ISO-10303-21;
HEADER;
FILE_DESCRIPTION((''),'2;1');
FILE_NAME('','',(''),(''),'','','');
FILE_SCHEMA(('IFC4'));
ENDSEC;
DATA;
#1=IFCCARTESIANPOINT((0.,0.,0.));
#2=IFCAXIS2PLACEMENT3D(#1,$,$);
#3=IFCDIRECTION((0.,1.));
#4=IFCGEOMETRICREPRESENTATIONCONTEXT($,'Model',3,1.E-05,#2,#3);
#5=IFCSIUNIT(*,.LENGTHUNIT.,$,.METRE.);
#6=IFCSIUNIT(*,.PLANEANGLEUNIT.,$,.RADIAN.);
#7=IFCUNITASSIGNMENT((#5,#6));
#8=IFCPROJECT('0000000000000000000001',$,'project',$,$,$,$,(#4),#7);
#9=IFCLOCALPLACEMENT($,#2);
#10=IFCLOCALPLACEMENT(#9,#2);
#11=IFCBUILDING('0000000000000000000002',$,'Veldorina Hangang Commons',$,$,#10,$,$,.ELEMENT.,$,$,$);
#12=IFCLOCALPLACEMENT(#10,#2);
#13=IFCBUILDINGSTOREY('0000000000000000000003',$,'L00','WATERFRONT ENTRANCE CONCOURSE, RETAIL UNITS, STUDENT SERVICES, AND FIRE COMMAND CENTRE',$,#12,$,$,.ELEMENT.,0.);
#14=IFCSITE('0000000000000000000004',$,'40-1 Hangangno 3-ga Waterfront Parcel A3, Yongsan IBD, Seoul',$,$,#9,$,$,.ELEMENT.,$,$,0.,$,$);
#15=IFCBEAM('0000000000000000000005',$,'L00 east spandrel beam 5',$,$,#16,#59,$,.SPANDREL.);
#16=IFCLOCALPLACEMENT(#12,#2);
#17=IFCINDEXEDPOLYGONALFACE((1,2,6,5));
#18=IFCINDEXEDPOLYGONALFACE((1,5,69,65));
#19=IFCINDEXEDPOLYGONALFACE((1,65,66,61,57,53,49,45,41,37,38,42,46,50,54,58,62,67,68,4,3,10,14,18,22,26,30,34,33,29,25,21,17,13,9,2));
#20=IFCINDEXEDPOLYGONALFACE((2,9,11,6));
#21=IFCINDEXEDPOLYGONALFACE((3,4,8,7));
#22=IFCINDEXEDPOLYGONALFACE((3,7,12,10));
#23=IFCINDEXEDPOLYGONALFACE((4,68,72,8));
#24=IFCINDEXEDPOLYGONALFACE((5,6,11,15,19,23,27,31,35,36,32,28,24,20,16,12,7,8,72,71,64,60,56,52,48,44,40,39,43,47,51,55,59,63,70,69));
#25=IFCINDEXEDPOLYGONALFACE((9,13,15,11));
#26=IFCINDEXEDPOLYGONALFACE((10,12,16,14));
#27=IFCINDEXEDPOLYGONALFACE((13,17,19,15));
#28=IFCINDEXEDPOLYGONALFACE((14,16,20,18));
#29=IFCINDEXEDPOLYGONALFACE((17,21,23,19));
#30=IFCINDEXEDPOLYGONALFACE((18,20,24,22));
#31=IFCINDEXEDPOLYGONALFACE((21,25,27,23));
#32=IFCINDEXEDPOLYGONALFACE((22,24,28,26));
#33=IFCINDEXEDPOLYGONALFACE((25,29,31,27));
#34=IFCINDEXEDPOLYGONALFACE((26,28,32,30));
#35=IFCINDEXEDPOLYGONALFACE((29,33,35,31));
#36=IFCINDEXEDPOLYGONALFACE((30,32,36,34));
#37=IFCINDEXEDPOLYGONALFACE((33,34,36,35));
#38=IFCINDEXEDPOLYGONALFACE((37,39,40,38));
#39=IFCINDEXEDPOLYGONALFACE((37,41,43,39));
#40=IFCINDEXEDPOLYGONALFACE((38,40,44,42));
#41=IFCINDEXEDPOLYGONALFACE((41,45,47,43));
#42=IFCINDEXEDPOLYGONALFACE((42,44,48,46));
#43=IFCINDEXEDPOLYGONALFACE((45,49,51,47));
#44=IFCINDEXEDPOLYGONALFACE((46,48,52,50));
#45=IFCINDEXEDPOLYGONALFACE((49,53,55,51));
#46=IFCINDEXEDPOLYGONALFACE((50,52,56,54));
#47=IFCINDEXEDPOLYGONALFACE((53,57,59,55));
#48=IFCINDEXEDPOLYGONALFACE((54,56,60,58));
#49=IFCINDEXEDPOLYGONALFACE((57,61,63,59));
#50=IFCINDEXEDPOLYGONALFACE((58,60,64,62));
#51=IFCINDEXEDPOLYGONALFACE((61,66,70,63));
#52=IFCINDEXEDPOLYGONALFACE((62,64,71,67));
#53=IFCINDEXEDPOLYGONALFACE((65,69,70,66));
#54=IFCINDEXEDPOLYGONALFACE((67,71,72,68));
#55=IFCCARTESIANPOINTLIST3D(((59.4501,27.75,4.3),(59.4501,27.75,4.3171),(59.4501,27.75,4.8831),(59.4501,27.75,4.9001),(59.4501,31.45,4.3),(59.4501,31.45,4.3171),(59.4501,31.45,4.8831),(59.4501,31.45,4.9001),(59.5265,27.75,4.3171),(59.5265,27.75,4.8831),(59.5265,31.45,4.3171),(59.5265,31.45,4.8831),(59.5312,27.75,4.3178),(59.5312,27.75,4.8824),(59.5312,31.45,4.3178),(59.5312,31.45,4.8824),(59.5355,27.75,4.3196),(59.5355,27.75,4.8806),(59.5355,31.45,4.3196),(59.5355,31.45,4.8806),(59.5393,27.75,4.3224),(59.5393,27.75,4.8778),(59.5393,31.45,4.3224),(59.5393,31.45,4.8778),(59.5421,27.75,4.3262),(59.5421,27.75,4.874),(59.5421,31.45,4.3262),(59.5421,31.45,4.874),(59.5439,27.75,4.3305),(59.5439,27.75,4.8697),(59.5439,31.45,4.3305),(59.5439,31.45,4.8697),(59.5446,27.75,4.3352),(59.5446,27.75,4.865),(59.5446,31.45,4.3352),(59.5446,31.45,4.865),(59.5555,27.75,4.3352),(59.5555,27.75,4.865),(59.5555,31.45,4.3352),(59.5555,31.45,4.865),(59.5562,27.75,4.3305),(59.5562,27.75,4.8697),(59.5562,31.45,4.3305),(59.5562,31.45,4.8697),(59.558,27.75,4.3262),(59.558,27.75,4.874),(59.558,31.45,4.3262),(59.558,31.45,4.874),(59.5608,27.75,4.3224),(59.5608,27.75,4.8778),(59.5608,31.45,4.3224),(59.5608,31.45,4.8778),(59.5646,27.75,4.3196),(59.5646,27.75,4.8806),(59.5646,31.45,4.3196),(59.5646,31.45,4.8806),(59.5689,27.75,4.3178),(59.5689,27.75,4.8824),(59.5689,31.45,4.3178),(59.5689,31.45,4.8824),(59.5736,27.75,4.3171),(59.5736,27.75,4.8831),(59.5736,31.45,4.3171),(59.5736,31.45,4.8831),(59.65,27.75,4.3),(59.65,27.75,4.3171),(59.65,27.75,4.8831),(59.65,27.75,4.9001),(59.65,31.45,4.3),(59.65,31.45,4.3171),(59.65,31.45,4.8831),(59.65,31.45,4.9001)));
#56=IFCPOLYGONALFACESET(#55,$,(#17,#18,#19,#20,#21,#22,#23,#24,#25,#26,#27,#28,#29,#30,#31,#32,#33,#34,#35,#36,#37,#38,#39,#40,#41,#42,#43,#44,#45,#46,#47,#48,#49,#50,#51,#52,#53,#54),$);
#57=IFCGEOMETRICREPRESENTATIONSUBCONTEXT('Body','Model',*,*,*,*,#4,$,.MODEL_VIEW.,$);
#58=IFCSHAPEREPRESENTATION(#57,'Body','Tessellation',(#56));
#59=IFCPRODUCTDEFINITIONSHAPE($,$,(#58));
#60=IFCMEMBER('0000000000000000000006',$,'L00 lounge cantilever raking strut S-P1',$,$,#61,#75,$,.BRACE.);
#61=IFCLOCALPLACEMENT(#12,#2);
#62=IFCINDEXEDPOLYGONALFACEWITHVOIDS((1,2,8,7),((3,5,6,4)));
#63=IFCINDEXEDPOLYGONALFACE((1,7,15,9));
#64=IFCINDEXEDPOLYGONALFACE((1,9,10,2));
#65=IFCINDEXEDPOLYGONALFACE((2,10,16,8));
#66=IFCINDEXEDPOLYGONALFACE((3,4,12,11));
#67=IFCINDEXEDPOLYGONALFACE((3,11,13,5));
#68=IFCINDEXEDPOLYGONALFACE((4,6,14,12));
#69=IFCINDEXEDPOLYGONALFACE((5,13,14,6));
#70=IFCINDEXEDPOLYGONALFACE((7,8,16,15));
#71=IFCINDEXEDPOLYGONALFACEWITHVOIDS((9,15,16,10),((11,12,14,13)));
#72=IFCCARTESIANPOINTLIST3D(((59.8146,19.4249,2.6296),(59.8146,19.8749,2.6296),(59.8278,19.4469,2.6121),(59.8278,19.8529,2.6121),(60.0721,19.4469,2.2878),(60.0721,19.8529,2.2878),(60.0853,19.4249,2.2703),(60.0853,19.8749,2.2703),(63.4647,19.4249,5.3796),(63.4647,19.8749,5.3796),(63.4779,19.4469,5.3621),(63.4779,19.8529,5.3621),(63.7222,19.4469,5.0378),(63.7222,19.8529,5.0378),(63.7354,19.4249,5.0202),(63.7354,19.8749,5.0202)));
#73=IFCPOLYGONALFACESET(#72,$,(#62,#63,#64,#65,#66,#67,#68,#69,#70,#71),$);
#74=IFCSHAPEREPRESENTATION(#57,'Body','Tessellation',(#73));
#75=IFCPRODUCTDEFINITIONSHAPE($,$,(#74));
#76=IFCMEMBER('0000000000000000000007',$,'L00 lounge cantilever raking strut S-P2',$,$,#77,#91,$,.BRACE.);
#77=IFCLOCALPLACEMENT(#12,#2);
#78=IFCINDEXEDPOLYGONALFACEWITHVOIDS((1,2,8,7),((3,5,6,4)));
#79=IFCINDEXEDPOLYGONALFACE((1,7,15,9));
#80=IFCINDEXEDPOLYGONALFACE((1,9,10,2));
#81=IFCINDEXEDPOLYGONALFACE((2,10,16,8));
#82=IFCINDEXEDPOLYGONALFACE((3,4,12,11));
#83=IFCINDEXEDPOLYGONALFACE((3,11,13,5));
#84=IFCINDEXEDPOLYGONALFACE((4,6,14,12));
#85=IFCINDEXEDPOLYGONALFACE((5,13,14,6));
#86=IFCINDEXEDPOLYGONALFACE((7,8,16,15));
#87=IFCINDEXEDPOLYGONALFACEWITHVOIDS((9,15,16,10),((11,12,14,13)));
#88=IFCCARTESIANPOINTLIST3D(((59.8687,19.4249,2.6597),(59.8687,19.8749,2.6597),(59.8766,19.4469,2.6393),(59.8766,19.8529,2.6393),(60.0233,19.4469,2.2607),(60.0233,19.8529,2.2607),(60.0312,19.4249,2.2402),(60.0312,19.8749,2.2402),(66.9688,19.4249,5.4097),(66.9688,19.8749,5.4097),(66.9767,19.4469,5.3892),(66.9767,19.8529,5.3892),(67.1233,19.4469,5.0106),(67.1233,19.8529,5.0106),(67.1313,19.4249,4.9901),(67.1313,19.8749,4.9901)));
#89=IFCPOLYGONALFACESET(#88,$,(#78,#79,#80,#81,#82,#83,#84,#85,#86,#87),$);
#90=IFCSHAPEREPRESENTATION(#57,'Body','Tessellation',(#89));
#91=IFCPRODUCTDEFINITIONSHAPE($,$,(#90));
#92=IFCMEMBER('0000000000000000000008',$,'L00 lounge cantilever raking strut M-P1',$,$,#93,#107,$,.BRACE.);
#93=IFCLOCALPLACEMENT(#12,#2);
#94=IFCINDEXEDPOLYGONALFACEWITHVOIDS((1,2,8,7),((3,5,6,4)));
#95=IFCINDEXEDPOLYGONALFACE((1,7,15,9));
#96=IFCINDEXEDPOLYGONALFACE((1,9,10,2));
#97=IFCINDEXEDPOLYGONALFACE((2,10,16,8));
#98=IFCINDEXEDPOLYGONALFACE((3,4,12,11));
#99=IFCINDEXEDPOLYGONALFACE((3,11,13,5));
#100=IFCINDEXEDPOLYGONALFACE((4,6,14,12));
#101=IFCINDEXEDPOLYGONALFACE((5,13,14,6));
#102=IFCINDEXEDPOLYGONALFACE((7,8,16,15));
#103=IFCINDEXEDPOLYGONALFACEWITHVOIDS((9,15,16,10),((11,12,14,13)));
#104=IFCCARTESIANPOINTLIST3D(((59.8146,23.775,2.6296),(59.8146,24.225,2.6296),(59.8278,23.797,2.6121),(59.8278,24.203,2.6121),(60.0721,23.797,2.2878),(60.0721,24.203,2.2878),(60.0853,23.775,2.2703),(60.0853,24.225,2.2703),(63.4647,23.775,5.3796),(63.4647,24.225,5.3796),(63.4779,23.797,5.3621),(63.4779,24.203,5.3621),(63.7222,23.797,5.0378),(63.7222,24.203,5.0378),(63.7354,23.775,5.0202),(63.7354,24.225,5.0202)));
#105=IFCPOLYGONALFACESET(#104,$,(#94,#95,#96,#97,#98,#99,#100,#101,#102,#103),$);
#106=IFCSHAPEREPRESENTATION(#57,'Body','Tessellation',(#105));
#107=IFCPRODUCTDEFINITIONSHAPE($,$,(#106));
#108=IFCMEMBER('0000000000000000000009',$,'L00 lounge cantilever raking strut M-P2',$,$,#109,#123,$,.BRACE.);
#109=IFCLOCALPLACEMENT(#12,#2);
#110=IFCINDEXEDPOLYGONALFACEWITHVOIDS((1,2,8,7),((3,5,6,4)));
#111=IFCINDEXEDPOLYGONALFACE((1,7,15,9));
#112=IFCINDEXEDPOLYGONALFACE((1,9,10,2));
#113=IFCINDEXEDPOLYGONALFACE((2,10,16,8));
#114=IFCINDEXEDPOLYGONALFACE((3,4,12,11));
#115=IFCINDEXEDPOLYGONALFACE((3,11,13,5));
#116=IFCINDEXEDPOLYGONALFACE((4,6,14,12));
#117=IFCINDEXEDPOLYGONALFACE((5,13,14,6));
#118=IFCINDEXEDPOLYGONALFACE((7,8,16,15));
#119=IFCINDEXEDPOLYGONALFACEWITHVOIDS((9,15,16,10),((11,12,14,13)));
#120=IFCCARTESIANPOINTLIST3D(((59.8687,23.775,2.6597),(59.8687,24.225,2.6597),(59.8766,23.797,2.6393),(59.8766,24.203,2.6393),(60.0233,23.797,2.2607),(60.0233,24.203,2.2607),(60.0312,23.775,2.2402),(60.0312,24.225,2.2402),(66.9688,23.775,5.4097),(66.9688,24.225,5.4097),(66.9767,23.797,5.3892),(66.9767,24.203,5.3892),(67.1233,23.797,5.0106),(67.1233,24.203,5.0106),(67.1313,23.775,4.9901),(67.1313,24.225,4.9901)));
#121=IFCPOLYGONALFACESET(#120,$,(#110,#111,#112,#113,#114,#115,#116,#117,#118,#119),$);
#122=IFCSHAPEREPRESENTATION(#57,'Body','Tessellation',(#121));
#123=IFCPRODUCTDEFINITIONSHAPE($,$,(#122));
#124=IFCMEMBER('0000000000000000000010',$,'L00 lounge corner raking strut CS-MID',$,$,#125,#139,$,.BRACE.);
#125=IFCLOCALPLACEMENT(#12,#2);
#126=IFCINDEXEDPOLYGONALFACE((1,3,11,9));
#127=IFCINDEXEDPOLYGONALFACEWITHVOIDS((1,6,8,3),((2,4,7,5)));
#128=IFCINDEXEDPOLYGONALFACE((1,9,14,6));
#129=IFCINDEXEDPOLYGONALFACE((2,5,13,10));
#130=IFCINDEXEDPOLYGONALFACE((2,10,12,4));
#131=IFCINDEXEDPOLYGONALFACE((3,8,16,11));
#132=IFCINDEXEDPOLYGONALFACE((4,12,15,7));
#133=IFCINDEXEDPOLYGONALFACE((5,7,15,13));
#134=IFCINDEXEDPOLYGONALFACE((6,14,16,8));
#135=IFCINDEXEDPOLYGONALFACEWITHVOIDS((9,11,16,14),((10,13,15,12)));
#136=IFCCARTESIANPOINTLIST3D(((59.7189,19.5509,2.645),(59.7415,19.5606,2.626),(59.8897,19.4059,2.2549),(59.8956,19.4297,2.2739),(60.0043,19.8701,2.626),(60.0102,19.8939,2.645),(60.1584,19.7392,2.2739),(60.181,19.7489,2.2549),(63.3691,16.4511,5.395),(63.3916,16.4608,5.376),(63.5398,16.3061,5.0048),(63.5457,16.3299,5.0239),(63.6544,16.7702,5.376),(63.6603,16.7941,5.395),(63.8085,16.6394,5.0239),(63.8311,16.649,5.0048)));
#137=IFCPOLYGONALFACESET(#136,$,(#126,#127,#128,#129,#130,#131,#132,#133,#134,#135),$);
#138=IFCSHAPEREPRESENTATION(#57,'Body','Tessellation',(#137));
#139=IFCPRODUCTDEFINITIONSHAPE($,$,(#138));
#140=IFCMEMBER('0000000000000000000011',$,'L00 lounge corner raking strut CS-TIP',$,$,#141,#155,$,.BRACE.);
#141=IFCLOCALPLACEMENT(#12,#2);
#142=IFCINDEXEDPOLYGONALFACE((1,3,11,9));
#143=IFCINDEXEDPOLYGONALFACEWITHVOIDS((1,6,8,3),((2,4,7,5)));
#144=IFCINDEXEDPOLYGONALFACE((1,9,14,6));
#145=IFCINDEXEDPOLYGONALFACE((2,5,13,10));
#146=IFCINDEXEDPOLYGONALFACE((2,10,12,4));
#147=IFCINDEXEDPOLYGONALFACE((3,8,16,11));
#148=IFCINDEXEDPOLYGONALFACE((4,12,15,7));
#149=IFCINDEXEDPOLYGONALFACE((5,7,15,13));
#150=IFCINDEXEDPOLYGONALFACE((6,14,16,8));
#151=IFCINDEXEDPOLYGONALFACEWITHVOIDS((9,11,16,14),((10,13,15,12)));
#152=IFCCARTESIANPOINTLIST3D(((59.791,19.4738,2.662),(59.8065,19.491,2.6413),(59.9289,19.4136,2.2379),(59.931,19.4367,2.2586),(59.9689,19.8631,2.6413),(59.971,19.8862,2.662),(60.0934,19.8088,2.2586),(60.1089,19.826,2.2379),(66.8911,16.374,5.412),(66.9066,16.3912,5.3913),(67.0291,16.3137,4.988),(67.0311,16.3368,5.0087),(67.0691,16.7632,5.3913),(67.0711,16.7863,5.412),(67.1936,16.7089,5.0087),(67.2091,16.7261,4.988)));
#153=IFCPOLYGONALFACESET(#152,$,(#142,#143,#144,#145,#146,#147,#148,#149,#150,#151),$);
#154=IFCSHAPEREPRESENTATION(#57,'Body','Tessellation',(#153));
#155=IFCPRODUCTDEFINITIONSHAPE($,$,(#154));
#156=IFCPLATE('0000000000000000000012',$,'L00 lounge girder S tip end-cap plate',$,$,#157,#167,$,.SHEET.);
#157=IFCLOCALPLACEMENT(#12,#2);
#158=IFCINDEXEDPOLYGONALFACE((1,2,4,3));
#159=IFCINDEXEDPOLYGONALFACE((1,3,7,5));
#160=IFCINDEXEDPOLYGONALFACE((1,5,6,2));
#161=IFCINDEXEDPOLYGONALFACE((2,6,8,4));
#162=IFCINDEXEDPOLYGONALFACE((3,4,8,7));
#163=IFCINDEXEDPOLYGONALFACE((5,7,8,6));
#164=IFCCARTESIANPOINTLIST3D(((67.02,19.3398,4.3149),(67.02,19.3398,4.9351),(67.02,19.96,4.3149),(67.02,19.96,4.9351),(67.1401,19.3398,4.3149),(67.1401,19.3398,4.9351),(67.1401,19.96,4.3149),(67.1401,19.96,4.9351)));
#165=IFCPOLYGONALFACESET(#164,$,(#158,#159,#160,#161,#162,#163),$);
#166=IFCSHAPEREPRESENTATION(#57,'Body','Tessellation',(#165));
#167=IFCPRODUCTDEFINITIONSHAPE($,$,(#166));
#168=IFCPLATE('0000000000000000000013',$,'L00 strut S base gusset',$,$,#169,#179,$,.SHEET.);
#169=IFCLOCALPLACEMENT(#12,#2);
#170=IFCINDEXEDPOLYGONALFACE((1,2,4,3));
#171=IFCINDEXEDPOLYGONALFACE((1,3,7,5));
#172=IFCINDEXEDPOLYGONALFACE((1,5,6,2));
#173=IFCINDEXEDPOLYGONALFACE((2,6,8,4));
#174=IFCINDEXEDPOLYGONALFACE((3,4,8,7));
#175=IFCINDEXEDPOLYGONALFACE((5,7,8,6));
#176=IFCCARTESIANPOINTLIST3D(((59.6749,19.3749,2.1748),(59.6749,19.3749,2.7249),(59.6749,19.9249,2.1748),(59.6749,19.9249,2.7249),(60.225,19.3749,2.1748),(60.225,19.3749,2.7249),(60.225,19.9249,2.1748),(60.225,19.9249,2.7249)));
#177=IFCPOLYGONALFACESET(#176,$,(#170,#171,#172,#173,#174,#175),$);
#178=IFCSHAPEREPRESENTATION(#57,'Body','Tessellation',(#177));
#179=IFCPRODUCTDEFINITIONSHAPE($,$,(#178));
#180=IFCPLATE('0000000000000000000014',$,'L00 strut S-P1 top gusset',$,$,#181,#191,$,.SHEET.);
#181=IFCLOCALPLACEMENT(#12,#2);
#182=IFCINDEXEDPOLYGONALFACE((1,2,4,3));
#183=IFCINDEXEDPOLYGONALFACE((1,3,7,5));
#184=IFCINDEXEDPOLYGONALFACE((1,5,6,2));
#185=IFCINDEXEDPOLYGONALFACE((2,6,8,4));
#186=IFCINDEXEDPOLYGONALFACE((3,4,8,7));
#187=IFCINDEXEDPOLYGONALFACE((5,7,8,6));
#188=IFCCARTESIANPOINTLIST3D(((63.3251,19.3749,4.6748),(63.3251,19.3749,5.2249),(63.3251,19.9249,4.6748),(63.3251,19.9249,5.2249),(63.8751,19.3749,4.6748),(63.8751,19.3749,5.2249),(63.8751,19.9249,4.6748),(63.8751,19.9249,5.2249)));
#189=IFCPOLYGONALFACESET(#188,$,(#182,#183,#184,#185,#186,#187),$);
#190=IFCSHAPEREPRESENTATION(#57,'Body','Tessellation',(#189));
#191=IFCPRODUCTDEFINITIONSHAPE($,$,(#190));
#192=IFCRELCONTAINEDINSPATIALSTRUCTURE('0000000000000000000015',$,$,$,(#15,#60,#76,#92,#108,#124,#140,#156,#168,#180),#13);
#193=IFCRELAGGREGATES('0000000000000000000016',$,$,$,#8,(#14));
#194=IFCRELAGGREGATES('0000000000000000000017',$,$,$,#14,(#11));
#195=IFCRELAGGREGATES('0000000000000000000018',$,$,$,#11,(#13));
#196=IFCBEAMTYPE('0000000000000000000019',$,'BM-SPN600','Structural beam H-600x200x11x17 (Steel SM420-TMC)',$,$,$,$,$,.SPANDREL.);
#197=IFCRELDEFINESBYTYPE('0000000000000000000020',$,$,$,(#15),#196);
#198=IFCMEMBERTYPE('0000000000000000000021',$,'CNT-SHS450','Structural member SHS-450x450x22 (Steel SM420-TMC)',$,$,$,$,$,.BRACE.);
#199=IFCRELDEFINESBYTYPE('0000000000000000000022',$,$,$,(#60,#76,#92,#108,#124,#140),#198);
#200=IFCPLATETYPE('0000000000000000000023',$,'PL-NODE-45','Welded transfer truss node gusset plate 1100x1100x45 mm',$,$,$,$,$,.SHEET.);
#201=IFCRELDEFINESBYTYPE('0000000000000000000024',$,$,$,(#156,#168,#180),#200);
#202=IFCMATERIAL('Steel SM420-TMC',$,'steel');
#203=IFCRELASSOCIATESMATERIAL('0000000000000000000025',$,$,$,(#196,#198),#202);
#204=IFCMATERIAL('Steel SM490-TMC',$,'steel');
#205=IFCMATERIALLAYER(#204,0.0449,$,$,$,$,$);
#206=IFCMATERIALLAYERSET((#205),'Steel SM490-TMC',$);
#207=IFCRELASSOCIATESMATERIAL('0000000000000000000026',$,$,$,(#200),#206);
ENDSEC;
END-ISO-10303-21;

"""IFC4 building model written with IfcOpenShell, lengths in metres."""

from ifc_helpers import new_model, si_unit, direction, frame, origin, origin_2d, place, context, subcontext, project, spatial, rectangle, hollow_rectangle, i_section, extrude, material, layer, layer_set, material_profile, profile_set, type_object, element, save


model = new_model("IFC4")

# Units and contexts
model_context = context("Model", 3, precision=1e-05, world=origin(), true_north=direction((0.0, 1.0)))
body_context = subcontext(model_context, "Body", "Model", "MODEL_VIEW")
ifc_project = project(units=[si_unit("LENGTHUNIT", "METRE"), si_unit("PLANEANGLEUNIT", "RADIAN")], contexts=[model_context])

# Site, building, storey
site_placement = place(None, origin())
site = spatial("IfcSite", under=ifc_project, at=site_placement, Name="40-1 Hangangno 3-ga Waterfront Parcel A3, Yongsan IBD, Seoul", CompositionType="ELEMENT", RefElevation=0.0)
building_placement = place(site_placement, origin())
building = spatial("IfcBuilding", under=site, at=building_placement, Name="Veldorina Hangang Commons", CompositionType="ELEMENT")
storey_placement = place(building_placement, origin())
storey = spatial("IfcBuildingStorey", under=building, at=storey_placement, Name="L00", Description="WATERFRONT ENTRANCE CONCOURSE, RETAIL UNITS, STUDENT SERVICES, AND FIRE COMMAND CENTRE", CompositionType="ELEMENT", Elevation=0.0)

# Beam
ifc_material_1 = material(Name="Steel SM420-TMC", Category="steel")
ifc_material_profile_1 = material_profile(ifc_material_1, i_section(OverallWidth=0.2, OverallDepth=0.6001, WebThickness=0.011, FlangeThickness=0.0171, FilletRadius=0.0181, at=origin_2d()), Name="H-600x200x11x17")
ifc_profile_set_1 = profile_set([ifc_material_profile_1], Name="Steel SM420-TMC")
beam_type_1 = type_object("IfcBeamType", Name="BM-SPN600", Description="Structural beam H-600x200x11x17 (Steel SM420-TMC)", PredefinedType="SPANDREL", material=ifc_profile_set_1)
beam_1_placement = place(storey_placement, frame((59.55, 27.75, 4.6001), z_axis=(0.0, 1.0, 0.0), x_axis=(-1.0, 0.0, 0.0)))
element("IfcBeam", 1, at=beam_1_placement, inside=storey, type_object=beam_type_1, Name="L00 east spandrel beam 5", PredefinedType="SPANDREL", context=body_context, shape_type="SweptSolid", body=[
    extrude(i_section(OverallWidth=0.2, OverallDepth=0.6001, WebThickness=0.011, FlangeThickness=0.0171, FilletRadius=0.0181, at=origin_2d()), origin(), (0.0, 0.0, 1.0), 3.7),
])

# Members
ifc_material_profile_2 = material_profile(ifc_material_1, hollow_rectangle(XDim=0.45, YDim=0.45, WallThickness=0.022, at=origin_2d()), Name="SHS-450x450x22")
ifc_profile_set_2 = profile_set([ifc_material_profile_2], Name="Steel SM420-TMC")
member_type = type_object("IfcMemberType", Name="CNT-SHS450", Description="Structural member SHS-450x450x22 (Steel SM420-TMC)", PredefinedType="BRACE", material=ifc_profile_set_2)
member_1_placement = place(storey_placement, frame((59.95, 19.6499, 2.45), z_axis=(0.798697, 0.0, 0.601734), x_axis=(0.0, 1.0, 0.0)))
element("IfcMember", 2, at=member_1_placement, inside=storey, type_object=member_type, Name="L00 lounge cantilever raking strut S-P1", PredefinedType="BRACE", context=body_context, shape_type="SweptSolid", body=[
    extrude(hollow_rectangle(XDim=0.45, YDim=0.45, WallThickness=0.022, at=origin_2d()), origin(), (0.0, 0.0, 1.0), 4.5701),
])
member_2_placement = place(storey_placement, frame((59.95, 19.6499, 2.45), z_axis=(0.932498, 0.0, 0.361174), x_axis=(0.0, 1.0, 0.0)))
element("IfcMember", 3, at=member_2_placement, inside=storey, type_object=member_type, Name="L00 lounge cantilever raking strut S-P2", PredefinedType="BRACE", context=body_context, shape_type="SweptSolid", body=[
    extrude(hollow_rectangle(XDim=0.45, YDim=0.45, WallThickness=0.022, at=origin_2d()), origin(), (0.0, 0.0, 1.0), 7.614),
])
member_3_placement = place(storey_placement, frame((59.95, 24.0, 2.45), z_axis=(0.798697, 0.0, 0.601734), x_axis=(0.0, 1.0, 0.0)))
element("IfcMember", 4, at=member_3_placement, inside=storey, type_object=member_type, Name="L00 lounge cantilever raking strut M-P1", PredefinedType="BRACE", context=body_context, shape_type="SweptSolid", body=[
    extrude(hollow_rectangle(XDim=0.45, YDim=0.45, WallThickness=0.022, at=origin_2d()), origin(), (0.0, 0.0, 1.0), 4.5701),
])
member_4_placement = place(storey_placement, frame((59.95, 24.0, 2.45), z_axis=(0.932498, 0.0, 0.361174), x_axis=(0.0, 1.0, 0.0)))
element("IfcMember", 5, at=member_4_placement, inside=storey, type_object=member_type, Name="L00 lounge cantilever raking strut M-P2", PredefinedType="BRACE", context=body_context, shape_type="SweptSolid", body=[
    extrude(hollow_rectangle(XDim=0.45, YDim=0.45, WallThickness=0.022, at=origin_2d()), origin(), (0.0, 0.0, 1.0), 7.614),
])
member_5_placement = place(storey_placement, frame((59.95, 19.6499, 2.45), z_axis=(0.66099, -0.56134, 0.497986), x_axis=(0.647312, 0.762225, 0.0)))
element("IfcMember", 6, at=member_5_placement, inside=storey, type_object=member_type, Name="L00 lounge corner raking strut CS-MID", PredefinedType="BRACE", context=body_context, shape_type="SweptSolid", body=[
    extrude(hollow_rectangle(XDim=0.45, YDim=0.45, WallThickness=0.022, at=origin_2d()), origin(), (0.0, 0.0, 1.0), 5.5222),
])
member_6_placement = place(storey_placement, frame((59.95, 19.6499, 2.45), z_axis=(0.863666, -0.37707, 0.334514), x_axis=(0.400121, 0.916462, 0.0)))
element("IfcMember", 7, at=member_6_placement, inside=storey, type_object=member_type, Name="L00 lounge corner raking strut CS-TIP", PredefinedType="BRACE", context=body_context, shape_type="SweptSolid", body=[
    extrude(hollow_rectangle(XDim=0.45, YDim=0.45, WallThickness=0.022, at=origin_2d()), origin(), (0.0, 0.0, 1.0), 8.2209),
])

# Plates
ifc_material_2 = material(Name="Steel SM490-TMC", Category="steel")
ifc_layer_1 = layer(ifc_material_2, 0.0449)
ifc_layer_set_1 = layer_set([ifc_layer_1], Name="Steel SM490-TMC")
plate_type = type_object("IfcPlateType", Name="PL-NODE-45", Description="Welded transfer truss node gusset plate 1100x1100x45 mm", PredefinedType="SHEET", material=ifc_layer_set_1)
plate_1_placement = place(storey_placement, frame((67.0801, 19.6499, 4.3149), z_axis=(0.0, 0.0, 1.0), x_axis=(1.0, 0.0, 0.0)))
element("IfcPlate", 8, at=plate_1_placement, inside=storey, type_object=plate_type, Name="L00 lounge girder S tip end-cap plate", PredefinedType="SHEET", context=body_context, shape_type="SweptSolid", body=[
    extrude(rectangle(XDim=0.1201, YDim=0.6201, at=origin_2d()), origin(), (0.0, 0.0, 1.0), 0.6201),
])
for number, where, z_axis, x_axis, name in (
    (9, (59.95, 19.6499, 2.1748), (0.0, 0.0, 1.0), (1.0, 0.0, 0.0), "L00 strut S base gusset"),
    (10, (63.6001, 19.6499, 4.6748), (0.0, 0.0, 1.0), (1.0, 0.0, 0.0), "L00 strut S-P1 top gusset"),
):
    element("IfcPlate", number, at=place(storey_placement, frame(where, z_axis=z_axis, x_axis=x_axis)), inside=storey, type_object=plate_type, Name=name, PredefinedType="SHEET", context=body_context, shape_type="SweptSolid", body=[
        extrude(rectangle(XDim=0.55, YDim=0.55, at=origin_2d()), origin(), (0.0, 0.0, 1.0), 0.55),
    ])

save(model, "model.ifc")
